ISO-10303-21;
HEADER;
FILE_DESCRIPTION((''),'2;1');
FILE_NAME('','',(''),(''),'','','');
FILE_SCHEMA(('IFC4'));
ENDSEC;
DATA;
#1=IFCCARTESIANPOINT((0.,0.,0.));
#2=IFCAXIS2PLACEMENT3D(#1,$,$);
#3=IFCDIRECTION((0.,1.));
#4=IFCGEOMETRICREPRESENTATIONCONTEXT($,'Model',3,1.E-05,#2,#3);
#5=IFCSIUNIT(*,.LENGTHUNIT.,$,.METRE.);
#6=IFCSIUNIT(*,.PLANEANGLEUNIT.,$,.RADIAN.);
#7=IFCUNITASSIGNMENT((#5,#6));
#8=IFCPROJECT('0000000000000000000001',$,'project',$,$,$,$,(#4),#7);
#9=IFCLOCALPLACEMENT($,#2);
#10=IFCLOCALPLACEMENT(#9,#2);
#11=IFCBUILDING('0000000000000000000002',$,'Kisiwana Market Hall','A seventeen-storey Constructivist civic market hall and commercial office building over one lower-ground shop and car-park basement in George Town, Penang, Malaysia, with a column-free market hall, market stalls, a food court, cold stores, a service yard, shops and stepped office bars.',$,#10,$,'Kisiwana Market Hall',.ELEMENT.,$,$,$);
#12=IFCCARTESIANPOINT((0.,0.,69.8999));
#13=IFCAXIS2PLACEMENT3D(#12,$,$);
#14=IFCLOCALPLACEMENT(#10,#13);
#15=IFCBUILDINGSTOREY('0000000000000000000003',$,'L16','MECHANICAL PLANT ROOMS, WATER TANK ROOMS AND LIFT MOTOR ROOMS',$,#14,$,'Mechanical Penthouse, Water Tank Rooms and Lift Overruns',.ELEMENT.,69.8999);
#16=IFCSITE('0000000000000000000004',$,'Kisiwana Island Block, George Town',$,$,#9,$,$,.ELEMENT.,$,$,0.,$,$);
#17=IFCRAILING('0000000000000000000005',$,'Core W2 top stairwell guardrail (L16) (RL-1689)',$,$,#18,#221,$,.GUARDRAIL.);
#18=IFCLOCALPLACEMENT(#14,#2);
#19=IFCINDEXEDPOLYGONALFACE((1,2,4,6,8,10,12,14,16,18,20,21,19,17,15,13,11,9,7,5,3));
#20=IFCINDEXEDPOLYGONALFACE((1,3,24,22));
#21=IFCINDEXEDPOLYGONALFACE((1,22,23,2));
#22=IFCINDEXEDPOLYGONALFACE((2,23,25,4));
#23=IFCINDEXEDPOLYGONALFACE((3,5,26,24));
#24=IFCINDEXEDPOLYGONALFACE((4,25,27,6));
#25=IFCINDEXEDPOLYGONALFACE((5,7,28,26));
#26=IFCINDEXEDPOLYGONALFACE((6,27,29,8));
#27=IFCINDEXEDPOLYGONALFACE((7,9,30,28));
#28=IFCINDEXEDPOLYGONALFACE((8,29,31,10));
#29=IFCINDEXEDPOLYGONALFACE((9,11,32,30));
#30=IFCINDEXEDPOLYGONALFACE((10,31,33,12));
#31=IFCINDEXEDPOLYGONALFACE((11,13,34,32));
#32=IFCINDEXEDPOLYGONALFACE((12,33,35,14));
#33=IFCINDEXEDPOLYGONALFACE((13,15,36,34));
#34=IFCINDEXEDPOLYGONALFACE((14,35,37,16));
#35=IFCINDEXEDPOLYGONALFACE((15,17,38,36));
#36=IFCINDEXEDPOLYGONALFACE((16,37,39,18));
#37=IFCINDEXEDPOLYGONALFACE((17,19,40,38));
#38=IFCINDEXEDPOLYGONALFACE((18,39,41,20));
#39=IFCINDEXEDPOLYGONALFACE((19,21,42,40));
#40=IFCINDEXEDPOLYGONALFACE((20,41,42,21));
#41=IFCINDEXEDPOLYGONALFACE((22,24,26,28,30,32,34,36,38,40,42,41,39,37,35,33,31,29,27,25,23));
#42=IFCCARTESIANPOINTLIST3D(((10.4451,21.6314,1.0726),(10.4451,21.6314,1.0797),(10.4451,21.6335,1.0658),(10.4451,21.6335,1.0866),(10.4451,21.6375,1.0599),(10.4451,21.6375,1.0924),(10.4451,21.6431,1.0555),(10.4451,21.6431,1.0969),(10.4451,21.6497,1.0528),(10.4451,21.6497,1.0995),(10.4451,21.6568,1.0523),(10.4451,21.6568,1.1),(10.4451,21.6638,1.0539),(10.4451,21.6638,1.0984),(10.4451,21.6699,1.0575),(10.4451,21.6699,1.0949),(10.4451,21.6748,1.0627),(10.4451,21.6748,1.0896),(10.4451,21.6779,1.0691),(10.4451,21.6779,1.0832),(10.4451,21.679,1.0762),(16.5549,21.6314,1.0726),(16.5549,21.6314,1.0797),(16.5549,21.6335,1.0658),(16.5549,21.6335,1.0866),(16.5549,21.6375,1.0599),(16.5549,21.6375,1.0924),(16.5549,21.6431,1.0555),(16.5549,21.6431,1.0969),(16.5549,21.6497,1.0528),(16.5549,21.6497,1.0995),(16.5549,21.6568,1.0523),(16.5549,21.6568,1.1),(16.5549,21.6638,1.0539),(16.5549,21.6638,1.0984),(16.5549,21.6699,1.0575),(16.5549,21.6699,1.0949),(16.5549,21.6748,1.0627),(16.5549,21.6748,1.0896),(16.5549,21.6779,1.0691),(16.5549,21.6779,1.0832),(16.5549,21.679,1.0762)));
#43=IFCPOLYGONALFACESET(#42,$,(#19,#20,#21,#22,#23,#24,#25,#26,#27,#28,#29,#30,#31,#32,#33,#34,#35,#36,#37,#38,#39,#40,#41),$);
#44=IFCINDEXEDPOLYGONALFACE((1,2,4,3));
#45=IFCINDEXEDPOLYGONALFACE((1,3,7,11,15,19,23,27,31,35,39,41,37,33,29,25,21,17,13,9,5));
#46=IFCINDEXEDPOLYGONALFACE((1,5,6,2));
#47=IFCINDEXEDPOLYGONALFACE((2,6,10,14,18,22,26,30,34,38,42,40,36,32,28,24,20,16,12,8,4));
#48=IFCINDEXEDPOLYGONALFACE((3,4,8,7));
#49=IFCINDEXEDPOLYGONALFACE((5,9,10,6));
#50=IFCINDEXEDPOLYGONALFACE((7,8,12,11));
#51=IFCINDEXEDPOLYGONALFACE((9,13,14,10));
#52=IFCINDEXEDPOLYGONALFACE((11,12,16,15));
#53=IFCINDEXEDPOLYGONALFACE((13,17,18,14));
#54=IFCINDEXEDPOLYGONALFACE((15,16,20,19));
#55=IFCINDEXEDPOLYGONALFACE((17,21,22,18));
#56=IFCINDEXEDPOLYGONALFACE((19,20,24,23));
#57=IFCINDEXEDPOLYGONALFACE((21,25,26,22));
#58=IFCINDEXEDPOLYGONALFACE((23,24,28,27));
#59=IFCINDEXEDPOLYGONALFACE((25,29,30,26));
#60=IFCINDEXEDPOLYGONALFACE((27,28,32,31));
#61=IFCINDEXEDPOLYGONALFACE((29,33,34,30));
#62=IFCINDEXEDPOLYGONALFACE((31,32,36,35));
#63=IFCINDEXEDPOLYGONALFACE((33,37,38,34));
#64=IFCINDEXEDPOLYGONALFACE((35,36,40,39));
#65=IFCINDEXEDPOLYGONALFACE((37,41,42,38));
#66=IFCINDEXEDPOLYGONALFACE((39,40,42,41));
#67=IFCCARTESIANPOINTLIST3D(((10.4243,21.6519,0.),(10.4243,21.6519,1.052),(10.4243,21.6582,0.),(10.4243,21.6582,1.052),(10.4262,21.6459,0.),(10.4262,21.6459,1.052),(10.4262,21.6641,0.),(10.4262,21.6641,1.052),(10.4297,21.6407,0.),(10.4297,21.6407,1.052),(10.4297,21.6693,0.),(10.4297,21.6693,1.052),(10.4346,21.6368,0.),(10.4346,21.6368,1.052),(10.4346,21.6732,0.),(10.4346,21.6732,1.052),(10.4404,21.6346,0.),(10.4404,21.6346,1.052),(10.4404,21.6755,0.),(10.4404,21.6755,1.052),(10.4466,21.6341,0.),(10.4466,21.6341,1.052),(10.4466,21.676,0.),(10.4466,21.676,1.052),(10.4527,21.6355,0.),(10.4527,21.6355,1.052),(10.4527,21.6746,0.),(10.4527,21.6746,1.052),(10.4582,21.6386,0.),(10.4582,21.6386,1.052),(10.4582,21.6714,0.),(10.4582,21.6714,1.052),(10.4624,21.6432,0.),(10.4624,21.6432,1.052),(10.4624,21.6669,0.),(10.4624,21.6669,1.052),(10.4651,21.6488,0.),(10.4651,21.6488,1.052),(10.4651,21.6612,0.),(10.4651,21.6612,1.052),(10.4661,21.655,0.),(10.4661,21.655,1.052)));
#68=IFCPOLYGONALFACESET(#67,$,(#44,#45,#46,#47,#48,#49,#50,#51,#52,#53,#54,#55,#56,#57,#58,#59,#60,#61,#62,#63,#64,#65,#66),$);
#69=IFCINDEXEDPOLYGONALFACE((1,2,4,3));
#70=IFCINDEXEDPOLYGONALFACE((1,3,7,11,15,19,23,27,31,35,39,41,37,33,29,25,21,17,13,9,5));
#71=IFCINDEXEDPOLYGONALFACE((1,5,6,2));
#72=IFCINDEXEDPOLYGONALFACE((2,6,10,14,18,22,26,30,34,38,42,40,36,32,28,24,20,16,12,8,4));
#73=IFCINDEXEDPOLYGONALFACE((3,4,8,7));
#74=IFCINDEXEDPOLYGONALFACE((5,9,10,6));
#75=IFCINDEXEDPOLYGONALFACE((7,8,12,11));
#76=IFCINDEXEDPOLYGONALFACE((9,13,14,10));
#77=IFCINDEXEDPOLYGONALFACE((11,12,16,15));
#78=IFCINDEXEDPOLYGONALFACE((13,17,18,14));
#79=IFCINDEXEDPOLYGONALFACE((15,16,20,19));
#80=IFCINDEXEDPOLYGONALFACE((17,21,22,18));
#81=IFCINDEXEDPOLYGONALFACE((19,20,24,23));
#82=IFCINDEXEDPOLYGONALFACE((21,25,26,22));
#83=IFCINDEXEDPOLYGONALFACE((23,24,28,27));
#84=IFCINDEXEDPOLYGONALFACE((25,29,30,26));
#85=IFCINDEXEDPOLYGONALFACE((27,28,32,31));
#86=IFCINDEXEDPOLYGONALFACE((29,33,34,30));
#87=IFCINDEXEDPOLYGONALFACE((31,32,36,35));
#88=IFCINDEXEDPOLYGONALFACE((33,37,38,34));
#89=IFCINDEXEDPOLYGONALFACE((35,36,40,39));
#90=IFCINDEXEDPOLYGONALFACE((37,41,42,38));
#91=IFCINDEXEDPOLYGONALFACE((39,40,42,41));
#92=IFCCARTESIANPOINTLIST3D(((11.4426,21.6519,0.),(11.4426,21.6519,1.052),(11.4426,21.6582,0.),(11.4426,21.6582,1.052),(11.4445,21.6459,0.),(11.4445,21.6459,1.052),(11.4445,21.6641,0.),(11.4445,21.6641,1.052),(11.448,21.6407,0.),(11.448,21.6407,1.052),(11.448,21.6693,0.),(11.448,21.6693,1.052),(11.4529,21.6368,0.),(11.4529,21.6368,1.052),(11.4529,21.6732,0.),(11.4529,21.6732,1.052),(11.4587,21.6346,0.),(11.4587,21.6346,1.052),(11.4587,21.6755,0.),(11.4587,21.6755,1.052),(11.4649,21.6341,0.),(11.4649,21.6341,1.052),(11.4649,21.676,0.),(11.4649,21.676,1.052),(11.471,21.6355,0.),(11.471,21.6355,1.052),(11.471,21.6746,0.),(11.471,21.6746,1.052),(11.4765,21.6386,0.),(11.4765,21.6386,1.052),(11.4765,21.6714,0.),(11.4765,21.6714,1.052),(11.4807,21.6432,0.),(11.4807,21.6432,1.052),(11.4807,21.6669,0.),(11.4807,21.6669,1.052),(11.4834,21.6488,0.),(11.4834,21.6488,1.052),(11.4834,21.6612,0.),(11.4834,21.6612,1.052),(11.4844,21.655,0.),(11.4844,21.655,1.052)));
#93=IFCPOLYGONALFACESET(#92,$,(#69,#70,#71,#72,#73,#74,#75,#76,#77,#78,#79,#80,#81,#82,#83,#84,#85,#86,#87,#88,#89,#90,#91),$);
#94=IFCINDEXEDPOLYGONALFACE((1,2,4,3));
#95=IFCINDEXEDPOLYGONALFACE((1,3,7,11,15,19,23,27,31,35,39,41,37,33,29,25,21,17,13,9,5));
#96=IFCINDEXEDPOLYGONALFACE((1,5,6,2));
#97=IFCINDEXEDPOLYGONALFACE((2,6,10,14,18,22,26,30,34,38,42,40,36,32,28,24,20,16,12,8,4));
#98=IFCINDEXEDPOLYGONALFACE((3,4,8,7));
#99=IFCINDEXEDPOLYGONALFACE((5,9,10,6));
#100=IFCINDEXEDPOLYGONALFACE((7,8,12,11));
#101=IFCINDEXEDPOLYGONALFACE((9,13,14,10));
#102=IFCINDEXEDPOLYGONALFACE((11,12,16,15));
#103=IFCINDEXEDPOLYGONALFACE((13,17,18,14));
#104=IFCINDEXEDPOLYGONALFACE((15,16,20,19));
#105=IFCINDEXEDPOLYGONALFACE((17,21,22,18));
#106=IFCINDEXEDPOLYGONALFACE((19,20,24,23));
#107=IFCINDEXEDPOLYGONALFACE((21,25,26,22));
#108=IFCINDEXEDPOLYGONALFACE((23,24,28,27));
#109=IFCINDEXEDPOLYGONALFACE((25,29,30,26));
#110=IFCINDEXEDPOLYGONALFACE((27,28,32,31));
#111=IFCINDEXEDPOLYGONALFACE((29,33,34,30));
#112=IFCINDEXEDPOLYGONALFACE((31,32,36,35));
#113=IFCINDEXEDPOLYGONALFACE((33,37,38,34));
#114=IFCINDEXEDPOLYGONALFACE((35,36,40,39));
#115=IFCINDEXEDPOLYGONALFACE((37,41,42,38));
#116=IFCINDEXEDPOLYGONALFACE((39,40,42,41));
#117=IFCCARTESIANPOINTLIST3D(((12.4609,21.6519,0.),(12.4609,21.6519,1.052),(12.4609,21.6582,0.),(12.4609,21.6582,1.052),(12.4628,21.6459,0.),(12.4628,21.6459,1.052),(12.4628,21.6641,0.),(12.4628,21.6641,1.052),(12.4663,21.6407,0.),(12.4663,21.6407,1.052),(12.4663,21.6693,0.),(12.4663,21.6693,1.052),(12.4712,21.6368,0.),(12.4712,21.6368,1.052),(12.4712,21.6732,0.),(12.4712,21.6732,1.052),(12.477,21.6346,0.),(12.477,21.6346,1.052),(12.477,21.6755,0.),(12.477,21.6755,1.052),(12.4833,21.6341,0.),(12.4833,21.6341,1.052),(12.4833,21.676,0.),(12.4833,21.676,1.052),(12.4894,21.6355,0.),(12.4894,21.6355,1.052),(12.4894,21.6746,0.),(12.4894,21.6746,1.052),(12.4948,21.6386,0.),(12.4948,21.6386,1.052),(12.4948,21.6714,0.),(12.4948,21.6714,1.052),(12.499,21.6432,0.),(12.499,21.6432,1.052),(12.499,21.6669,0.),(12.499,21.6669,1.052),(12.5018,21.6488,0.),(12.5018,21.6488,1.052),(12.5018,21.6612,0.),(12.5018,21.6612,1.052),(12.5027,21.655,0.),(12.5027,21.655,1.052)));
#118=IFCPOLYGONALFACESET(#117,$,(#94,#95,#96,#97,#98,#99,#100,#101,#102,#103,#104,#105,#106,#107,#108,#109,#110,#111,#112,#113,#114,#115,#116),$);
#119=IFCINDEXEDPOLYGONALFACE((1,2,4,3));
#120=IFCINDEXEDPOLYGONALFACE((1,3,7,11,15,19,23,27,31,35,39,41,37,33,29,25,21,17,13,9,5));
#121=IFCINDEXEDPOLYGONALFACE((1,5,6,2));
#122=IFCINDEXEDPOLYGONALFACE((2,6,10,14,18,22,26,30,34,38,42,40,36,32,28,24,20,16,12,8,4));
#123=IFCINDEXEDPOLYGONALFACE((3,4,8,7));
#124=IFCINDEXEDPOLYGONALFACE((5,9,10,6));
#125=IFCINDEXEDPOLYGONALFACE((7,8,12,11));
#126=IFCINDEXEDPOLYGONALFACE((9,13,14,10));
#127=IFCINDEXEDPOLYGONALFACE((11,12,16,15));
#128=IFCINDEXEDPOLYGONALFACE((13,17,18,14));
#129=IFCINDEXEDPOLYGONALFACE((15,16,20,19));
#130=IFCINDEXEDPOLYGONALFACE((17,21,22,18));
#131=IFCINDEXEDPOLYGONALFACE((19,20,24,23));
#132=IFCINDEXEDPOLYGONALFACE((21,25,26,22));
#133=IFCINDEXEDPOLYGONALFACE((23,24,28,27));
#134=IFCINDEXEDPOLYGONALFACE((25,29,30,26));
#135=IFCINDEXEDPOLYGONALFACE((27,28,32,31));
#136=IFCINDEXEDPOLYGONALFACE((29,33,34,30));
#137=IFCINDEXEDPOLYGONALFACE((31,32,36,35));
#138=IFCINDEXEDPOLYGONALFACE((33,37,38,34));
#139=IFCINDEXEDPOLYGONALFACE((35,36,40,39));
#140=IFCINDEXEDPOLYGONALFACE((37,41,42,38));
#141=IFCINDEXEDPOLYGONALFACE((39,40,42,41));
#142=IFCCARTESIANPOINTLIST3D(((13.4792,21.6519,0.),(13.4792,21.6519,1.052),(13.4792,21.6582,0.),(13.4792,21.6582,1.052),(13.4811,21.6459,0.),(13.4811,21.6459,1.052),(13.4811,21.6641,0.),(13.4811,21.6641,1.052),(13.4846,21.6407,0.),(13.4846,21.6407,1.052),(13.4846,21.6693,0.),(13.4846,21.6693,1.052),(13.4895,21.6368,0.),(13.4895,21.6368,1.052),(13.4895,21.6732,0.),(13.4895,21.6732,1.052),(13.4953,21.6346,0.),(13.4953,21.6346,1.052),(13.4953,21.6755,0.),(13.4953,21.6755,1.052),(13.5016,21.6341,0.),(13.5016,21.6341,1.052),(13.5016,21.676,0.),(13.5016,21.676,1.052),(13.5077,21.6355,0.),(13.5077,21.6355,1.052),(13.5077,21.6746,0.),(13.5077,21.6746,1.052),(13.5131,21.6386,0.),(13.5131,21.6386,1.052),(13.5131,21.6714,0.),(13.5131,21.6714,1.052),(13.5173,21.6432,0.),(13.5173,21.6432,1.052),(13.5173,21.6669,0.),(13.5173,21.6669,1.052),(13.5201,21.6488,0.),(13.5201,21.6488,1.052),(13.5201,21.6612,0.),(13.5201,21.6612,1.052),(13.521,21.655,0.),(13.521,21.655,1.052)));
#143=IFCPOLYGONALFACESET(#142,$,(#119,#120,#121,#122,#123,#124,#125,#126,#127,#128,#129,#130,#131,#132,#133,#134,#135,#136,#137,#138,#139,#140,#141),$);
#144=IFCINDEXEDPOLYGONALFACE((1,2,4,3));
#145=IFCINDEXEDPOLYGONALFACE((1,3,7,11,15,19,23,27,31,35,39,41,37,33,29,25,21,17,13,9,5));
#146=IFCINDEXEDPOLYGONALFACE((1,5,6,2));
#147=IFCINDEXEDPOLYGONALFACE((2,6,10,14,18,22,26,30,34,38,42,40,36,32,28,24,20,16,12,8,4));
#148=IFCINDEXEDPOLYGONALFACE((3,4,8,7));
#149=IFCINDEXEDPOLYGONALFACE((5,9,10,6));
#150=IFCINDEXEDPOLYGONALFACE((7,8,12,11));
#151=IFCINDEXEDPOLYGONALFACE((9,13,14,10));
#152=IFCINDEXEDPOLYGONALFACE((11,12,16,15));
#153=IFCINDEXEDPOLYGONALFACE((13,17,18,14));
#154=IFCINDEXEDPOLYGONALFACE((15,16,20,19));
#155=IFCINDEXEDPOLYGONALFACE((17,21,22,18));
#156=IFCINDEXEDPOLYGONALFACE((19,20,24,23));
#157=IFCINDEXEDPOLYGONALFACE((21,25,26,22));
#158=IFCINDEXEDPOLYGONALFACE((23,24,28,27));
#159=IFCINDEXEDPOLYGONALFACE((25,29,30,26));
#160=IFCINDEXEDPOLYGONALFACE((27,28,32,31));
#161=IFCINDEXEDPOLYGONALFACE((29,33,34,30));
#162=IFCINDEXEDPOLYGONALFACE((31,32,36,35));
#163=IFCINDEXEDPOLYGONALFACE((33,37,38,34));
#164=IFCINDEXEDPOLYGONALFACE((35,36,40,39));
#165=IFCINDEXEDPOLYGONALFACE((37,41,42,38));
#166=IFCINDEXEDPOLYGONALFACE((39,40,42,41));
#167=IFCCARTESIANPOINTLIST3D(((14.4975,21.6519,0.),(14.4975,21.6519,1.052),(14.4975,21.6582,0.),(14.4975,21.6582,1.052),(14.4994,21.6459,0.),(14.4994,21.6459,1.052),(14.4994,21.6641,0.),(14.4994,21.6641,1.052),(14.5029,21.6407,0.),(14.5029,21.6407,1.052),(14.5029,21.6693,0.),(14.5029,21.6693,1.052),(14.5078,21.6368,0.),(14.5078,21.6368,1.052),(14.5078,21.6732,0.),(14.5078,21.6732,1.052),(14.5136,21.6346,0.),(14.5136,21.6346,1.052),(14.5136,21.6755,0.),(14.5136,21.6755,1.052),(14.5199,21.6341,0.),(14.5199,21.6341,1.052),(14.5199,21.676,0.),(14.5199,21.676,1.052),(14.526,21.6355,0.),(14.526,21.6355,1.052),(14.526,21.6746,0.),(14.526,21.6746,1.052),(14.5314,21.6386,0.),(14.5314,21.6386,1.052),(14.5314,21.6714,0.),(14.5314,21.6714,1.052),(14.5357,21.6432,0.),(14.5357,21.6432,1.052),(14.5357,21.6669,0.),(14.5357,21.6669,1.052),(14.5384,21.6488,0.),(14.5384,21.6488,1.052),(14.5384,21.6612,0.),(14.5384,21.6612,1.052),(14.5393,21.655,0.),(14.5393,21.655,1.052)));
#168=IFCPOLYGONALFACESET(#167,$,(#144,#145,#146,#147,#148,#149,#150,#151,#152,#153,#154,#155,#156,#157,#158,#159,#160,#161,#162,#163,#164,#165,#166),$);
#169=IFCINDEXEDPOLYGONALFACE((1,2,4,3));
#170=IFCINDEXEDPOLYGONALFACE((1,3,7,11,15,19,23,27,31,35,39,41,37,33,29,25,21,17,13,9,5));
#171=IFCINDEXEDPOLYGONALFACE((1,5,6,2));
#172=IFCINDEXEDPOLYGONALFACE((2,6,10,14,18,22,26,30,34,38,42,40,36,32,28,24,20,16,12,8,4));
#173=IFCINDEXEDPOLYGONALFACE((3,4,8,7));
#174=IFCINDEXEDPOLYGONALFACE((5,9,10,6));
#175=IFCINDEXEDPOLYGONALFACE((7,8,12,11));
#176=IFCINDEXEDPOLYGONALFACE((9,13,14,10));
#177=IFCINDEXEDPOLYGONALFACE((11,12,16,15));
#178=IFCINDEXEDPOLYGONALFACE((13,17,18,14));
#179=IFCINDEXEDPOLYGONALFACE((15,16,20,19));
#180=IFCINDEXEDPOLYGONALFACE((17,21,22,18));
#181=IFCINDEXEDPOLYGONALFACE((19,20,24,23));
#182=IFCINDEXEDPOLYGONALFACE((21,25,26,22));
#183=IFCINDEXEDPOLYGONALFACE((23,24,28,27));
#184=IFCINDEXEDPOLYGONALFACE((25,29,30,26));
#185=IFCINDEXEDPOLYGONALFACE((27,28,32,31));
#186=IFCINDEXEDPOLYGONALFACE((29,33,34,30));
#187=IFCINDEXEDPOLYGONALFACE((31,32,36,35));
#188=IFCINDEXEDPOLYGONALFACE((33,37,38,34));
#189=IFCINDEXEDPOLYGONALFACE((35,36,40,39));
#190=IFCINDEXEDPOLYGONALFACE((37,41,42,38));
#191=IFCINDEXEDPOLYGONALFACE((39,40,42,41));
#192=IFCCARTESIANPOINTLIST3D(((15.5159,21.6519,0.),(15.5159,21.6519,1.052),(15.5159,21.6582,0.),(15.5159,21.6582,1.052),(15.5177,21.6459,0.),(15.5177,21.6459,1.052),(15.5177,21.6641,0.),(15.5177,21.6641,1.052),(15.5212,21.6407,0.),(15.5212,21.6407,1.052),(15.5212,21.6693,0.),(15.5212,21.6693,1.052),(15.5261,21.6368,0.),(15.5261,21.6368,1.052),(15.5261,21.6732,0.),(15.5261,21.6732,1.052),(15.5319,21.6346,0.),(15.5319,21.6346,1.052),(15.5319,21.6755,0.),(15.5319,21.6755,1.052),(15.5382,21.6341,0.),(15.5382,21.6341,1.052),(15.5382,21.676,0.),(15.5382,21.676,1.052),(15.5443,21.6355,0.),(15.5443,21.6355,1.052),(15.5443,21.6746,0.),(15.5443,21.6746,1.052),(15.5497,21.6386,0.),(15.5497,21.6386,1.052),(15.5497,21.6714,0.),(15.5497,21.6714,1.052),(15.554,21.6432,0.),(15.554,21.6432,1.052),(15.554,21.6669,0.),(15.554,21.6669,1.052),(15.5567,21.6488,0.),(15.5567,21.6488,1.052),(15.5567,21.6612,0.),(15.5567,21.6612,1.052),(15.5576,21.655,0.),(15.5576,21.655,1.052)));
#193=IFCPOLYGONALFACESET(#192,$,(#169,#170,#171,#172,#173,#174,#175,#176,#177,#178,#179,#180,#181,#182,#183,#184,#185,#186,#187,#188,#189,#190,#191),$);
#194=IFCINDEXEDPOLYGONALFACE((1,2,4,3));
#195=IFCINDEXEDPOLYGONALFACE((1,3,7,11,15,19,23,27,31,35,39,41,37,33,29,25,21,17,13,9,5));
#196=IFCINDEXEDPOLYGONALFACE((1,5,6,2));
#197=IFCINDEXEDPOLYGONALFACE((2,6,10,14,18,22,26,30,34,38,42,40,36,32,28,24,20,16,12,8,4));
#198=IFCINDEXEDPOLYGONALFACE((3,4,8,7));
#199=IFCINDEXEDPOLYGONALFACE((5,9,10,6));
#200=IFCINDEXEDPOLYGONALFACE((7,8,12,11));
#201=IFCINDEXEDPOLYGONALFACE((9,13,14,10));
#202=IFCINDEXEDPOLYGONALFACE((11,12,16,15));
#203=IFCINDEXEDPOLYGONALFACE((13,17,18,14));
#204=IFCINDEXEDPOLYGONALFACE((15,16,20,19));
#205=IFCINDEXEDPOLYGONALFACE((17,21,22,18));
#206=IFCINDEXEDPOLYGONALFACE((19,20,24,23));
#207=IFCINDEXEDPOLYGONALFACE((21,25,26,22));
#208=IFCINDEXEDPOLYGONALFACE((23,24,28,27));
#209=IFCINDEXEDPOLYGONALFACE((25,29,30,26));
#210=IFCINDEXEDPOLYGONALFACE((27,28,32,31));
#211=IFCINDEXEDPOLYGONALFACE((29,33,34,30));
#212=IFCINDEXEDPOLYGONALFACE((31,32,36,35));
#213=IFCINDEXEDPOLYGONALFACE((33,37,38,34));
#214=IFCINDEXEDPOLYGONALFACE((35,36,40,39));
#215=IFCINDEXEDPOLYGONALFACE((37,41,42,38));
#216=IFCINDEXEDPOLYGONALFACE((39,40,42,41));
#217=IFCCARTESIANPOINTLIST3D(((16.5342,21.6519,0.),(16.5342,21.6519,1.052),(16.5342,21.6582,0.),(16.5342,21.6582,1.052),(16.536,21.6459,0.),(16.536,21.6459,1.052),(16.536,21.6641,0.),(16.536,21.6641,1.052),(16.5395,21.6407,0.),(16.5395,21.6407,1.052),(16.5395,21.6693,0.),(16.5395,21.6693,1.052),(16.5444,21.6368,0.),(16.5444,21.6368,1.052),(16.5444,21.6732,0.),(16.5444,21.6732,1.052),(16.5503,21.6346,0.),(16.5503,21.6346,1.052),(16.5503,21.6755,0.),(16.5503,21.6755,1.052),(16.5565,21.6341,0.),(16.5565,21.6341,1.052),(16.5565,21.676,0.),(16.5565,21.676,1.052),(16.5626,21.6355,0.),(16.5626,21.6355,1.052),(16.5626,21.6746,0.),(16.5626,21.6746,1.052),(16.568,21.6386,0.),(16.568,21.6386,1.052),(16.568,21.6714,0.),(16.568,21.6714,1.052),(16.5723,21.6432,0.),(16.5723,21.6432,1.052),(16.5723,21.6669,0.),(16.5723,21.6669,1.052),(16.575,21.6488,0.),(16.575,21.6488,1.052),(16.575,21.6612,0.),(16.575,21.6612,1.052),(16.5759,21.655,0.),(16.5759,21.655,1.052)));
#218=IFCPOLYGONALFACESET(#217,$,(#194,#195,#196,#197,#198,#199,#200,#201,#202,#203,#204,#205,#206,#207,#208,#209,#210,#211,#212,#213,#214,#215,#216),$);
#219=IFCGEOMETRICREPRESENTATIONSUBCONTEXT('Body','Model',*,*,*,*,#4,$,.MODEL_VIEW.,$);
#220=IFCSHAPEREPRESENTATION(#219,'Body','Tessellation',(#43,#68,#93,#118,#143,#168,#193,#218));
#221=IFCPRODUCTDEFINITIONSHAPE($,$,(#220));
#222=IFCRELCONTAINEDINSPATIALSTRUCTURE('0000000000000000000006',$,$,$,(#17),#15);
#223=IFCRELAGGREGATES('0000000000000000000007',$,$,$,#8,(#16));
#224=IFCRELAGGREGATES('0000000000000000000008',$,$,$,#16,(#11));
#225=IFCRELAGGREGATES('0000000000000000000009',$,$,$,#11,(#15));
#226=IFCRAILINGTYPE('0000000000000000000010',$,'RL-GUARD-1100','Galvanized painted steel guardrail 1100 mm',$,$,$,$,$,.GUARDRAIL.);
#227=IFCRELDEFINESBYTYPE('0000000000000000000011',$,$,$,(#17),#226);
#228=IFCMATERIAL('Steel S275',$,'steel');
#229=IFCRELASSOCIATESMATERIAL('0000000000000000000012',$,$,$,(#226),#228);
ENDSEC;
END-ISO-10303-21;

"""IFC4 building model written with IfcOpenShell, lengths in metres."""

from ifc_helpers import new_model, si_unit, direction, frame, origin, origin_2d, place, context, subcontext, project, spatial, circle, extrude, material, type_object, element, save


model = new_model("IFC4")

# Units and contexts
model_context = context("Model", 3, precision=1e-05, world=origin(), true_north=direction((0.0, 1.0)))
body_context = subcontext(model_context, "Body", "Model", "MODEL_VIEW")
ifc_project = project(units=[si_unit("LENGTHUNIT", "METRE"), si_unit("PLANEANGLEUNIT", "RADIAN")], contexts=[model_context])

# Site, building, storey
site_placement = place(None, origin())
site = spatial("IfcSite", under=ifc_project, at=site_placement, Name="Kisiwana Island Block, George Town", CompositionType="ELEMENT", RefElevation=0.0)
building_placement = place(site_placement, origin())
building = spatial("IfcBuilding", under=site, at=building_placement, Name="Kisiwana Market Hall", Description="A seventeen-storey Constructivist civic market hall and commercial office building over one lower-ground shop and car-park basement in George Town, Penang, Malaysia, with a column-free market hall, market stalls, a food court, cold stores, a service yard, shops and stepped office bars.", LongName="Kisiwana Market Hall", CompositionType="ELEMENT")
storey_placement = place(building_placement, frame((0.0, 0.0, 69.8999)))
storey = spatial("IfcBuildingStorey", under=building, at=storey_placement, Name="L16", Description="MECHANICAL PLANT ROOMS, WATER TANK ROOMS AND LIFT MOTOR ROOMS", LongName="Mechanical Penthouse, Water Tank Rooms and Lift Overruns", CompositionType="ELEMENT", Elevation=69.8999)

# Railing
ifc_material_1 = material(Name="Steel S275", Category="steel")
railing_type = type_object("IfcRailingType", Name="RL-GUARD-1100", Description="Galvanized painted steel guardrail 1100 mm", PredefinedType="GUARDRAIL", material=ifc_material_1)
railing_placement = place(storey_placement, frame((10.4451, 21.655, 0.0)))
element("IfcRailing", 1, at=railing_placement, inside=storey, type_object=railing_type, Name="Core W2 top stairwell guardrail (L16) (RL-1689)", PredefinedType="GUARDRAIL", context=body_context, shape_type="SweptSolid", body=[
    extrude(circle(Radius=0.0239, at=origin_2d()), frame((0.0, 0.0, 1.0762), z_axis=(1.0, 0.0, 0.0), x_axis=(0.0, 1.0, 0.0)), (0.0, 0.0, 1.0), 6.1099),
    extrude(circle(Radius=0.021, at=origin_2d()), origin(), (0.0, 0.0, 1.0), 1.052),
    extrude(circle(Radius=0.021, at=origin_2d()), frame((1.0183, 0.0, 0.0)), (0.0, 0.0, 1.0), 1.052),
    extrude(circle(Radius=0.021, at=origin_2d()), frame((2.0366, 0.0, 0.0)), (0.0, 0.0, 1.0), 1.052),
    extrude(circle(Radius=0.021, at=origin_2d()), frame((3.0549, 0.0, 0.0)), (0.0, 0.0, 1.0), 1.052),
    extrude(circle(Radius=0.021, at=origin_2d()), frame((4.0732, 0.0, 0.0)), (0.0, 0.0, 1.0), 1.052),
    extrude(circle(Radius=0.021, at=origin_2d()), frame((5.0916, 0.0, 0.0)), (0.0, 0.0, 1.0), 1.052),
    extrude(circle(Radius=0.021, at=origin_2d()), frame((6.1099, 0.0, 0.0)), (0.0, 0.0, 1.0), 1.052),
])

save(model, "model.ifc")
